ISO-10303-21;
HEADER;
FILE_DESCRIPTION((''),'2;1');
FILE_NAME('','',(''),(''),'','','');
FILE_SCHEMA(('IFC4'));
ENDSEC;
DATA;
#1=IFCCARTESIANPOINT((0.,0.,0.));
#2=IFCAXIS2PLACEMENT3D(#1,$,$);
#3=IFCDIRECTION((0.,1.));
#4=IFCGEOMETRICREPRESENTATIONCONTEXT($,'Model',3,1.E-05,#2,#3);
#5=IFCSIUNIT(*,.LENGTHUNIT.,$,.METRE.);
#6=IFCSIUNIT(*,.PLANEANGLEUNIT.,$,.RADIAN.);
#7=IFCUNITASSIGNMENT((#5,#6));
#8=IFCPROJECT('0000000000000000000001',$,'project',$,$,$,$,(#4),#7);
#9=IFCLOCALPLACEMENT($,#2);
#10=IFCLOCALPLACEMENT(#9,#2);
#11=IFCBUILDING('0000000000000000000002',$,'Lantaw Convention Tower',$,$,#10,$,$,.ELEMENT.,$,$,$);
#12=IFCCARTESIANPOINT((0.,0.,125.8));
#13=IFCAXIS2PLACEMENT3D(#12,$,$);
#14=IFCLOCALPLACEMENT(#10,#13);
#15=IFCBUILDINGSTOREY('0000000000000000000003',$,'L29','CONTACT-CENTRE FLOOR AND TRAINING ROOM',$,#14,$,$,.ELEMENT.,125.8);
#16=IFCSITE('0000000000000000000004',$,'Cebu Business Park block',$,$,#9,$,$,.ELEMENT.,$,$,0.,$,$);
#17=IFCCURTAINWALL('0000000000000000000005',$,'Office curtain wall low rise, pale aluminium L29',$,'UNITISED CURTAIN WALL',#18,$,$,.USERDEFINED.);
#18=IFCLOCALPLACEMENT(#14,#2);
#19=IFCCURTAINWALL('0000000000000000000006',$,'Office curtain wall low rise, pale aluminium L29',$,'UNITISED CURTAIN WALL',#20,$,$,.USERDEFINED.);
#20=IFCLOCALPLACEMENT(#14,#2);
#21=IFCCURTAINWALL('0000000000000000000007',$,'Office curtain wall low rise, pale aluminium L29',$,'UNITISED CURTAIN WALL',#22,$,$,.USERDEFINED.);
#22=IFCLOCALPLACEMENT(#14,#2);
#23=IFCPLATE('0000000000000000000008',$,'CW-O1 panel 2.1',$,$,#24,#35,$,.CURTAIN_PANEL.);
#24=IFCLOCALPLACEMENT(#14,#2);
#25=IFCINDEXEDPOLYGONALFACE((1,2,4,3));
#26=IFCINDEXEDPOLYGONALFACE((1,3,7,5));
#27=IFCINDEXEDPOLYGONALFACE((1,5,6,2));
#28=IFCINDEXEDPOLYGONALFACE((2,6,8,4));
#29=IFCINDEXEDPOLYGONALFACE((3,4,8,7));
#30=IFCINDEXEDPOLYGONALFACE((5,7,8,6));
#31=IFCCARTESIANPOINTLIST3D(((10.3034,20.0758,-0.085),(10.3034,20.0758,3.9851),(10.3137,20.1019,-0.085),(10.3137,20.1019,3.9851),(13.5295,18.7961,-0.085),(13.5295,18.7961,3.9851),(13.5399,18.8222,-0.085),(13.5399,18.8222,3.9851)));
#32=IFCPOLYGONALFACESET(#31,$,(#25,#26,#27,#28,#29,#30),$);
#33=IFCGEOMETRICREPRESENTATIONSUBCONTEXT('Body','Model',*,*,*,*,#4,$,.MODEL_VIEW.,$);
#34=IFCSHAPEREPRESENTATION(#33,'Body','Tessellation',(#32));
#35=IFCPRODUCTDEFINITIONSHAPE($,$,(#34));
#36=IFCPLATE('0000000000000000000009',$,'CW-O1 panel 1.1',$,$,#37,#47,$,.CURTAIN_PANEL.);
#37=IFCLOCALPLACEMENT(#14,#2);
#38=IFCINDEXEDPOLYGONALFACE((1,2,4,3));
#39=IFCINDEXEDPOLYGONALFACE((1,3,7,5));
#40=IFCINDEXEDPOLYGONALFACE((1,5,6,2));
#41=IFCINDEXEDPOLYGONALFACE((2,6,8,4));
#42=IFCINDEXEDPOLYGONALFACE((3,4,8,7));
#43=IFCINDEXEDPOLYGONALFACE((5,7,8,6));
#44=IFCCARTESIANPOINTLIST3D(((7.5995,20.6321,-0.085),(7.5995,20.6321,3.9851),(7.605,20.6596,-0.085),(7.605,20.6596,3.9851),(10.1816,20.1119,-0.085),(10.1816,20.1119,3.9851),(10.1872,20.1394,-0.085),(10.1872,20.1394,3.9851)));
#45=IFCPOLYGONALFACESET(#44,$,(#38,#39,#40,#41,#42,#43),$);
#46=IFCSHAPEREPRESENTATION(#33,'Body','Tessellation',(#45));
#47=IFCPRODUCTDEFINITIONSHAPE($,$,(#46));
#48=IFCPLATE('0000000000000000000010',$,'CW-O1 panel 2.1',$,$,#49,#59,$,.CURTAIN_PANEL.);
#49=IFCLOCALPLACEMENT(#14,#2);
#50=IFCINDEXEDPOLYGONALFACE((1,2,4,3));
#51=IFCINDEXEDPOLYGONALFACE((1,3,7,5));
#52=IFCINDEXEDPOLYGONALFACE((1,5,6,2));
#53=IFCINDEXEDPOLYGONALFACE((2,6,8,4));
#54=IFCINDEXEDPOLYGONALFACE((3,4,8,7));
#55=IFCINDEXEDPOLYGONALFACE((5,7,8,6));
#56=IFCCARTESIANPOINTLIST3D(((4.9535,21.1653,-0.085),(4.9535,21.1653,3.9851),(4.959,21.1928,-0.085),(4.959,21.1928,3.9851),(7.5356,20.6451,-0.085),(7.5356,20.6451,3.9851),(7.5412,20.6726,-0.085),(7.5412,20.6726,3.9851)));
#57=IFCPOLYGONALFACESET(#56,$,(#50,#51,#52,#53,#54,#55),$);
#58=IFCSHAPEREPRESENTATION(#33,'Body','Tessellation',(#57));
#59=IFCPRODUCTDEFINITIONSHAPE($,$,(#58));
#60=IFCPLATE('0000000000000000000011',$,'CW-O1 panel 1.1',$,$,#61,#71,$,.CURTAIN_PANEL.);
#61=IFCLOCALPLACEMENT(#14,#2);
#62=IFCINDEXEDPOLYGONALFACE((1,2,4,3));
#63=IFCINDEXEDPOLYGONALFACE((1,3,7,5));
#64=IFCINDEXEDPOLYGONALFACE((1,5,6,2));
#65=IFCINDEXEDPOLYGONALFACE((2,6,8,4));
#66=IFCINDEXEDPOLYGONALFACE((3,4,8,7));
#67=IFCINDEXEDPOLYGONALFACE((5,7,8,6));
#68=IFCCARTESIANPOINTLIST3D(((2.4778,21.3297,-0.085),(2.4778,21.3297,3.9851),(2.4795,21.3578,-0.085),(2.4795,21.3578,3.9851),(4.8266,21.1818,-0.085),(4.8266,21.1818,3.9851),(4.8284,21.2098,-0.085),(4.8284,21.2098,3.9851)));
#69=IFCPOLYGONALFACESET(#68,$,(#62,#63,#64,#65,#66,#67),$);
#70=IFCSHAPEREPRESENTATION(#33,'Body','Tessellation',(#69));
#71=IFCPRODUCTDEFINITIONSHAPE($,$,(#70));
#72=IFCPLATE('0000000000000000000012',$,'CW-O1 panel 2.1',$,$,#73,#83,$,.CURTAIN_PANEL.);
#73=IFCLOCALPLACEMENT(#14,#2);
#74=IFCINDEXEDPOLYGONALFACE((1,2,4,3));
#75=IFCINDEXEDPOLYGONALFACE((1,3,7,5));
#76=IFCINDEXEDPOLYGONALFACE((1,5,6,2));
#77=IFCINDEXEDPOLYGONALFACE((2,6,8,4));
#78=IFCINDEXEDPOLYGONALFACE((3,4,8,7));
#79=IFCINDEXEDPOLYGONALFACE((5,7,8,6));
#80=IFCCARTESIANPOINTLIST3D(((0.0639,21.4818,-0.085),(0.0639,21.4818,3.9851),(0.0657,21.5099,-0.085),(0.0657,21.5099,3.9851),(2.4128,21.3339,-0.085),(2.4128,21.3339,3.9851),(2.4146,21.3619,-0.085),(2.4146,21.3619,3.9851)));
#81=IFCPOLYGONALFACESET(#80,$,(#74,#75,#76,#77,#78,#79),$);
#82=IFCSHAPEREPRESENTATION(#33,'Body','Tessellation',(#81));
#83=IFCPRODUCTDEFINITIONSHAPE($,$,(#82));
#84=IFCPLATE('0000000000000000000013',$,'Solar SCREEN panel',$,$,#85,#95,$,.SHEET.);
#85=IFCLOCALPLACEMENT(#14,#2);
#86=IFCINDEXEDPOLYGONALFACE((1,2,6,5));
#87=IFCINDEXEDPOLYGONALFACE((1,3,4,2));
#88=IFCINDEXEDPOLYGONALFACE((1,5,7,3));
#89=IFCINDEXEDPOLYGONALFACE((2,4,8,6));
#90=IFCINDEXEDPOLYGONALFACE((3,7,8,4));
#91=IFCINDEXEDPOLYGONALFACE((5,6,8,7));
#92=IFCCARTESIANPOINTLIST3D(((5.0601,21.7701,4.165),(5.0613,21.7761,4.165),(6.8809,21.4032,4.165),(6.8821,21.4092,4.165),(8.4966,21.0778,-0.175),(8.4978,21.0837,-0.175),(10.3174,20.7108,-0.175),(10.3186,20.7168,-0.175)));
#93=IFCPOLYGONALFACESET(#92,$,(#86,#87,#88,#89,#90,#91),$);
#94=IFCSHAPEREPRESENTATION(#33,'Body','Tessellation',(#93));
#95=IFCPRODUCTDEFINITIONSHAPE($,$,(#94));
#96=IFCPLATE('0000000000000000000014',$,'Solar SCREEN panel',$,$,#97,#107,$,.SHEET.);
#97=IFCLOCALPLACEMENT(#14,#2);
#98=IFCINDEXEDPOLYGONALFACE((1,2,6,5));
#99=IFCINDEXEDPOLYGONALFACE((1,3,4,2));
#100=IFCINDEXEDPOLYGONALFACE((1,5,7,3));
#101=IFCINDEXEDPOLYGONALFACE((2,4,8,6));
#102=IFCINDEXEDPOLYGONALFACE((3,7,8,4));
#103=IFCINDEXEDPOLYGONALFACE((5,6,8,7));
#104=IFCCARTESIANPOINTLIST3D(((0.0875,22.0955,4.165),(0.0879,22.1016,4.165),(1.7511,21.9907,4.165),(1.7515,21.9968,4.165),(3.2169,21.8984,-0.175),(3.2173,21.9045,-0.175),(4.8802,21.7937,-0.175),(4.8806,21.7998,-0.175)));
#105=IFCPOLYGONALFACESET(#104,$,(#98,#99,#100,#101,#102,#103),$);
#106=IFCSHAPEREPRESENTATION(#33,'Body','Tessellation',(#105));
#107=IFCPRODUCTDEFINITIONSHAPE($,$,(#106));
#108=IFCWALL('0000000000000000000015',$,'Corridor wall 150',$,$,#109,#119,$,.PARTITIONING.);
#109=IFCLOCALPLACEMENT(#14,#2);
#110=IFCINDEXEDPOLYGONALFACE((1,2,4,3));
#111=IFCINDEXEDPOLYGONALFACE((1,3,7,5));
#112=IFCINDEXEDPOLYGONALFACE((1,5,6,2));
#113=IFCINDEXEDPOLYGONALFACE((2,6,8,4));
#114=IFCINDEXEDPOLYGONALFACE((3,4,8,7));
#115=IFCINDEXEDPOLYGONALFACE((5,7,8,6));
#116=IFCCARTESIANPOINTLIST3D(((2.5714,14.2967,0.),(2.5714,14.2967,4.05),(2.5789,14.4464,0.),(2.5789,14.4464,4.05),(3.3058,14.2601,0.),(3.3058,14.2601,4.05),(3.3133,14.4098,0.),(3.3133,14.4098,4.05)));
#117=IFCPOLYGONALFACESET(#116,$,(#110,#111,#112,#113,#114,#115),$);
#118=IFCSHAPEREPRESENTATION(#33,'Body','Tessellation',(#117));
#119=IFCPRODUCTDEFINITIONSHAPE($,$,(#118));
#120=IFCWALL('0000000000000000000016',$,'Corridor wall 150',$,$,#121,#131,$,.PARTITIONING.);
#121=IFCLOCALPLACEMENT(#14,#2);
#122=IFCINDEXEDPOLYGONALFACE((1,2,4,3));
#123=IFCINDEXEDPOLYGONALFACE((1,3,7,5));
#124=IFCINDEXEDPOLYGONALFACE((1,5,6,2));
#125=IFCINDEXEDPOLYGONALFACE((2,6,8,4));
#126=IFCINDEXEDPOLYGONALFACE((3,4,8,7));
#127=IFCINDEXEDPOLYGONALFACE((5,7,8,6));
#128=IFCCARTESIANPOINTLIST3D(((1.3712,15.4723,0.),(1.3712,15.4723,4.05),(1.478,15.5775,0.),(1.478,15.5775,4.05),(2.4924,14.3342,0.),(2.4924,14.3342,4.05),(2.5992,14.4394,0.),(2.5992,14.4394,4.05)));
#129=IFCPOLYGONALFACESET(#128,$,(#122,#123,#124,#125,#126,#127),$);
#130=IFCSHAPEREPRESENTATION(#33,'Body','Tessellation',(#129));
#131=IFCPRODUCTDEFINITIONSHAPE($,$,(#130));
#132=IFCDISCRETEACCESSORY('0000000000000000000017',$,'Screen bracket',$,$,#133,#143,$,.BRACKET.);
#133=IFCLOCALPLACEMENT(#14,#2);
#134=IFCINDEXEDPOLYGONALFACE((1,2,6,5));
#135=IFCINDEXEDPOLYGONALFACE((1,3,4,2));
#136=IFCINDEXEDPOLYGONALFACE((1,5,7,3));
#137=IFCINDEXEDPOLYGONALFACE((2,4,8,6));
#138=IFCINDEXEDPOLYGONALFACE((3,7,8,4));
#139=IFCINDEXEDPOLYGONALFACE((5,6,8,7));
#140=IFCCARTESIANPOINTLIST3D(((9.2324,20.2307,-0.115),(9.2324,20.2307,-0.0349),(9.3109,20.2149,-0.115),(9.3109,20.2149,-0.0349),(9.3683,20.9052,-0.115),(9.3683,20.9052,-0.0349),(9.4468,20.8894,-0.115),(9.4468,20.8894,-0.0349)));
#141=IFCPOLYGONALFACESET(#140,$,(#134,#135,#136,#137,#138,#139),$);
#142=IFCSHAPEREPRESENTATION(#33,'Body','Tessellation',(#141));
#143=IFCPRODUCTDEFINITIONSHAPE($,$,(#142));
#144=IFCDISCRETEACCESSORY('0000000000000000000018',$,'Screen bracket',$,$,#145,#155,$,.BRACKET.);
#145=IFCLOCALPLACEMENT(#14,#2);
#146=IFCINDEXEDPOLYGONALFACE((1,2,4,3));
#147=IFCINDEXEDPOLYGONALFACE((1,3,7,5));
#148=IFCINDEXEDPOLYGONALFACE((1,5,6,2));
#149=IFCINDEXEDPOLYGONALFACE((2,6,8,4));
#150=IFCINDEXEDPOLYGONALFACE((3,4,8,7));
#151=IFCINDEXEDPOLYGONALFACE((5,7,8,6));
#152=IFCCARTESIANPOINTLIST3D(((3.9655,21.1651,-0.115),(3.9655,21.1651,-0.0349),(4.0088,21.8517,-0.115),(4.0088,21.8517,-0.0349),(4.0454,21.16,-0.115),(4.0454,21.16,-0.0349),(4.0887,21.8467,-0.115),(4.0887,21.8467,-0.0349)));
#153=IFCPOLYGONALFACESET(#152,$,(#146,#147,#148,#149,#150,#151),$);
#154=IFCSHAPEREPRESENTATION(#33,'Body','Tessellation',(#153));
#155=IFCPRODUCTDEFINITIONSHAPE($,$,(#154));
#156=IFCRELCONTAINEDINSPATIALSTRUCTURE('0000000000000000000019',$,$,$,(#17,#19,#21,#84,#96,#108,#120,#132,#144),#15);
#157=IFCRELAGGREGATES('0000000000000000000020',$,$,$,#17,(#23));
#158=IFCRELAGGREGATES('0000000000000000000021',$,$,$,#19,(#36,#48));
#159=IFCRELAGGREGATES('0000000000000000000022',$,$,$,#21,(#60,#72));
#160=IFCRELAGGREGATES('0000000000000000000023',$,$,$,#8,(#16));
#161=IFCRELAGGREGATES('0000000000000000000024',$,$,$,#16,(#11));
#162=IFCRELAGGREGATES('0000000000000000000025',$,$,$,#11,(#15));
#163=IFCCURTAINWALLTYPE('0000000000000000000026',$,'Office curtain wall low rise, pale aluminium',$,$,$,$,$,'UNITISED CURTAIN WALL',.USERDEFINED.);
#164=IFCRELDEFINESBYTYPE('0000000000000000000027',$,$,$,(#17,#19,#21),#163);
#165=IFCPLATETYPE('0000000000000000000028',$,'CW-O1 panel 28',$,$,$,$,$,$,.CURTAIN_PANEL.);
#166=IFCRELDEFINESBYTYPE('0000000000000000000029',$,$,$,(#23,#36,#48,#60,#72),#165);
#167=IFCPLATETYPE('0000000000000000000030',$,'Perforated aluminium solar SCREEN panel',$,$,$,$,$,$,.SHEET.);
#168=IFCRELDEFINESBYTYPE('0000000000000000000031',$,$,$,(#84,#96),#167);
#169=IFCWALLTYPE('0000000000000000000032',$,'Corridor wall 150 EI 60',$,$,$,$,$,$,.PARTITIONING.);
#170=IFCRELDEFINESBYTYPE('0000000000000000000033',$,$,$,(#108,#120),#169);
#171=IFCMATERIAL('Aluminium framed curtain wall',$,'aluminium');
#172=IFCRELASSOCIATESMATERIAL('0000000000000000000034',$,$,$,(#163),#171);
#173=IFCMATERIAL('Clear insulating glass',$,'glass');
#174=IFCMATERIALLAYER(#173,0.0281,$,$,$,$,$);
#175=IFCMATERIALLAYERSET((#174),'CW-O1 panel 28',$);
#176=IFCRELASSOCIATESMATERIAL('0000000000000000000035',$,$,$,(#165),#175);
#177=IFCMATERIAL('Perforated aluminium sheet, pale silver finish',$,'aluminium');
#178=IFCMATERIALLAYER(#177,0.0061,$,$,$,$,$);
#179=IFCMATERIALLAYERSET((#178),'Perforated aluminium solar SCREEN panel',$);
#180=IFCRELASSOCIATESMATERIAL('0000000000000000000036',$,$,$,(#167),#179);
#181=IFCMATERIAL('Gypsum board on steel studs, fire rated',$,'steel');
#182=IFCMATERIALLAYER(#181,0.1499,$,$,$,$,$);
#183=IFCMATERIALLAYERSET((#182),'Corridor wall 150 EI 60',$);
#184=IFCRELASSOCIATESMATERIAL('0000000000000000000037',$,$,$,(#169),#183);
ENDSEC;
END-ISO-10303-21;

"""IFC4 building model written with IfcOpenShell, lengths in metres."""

from ifc_helpers import new_model, si_unit, direction, frame, frame_2d, origin, origin_2d, place, context, subcontext, project, spatial, polyline, rectangle, outline, extrude, material, layer, layer_set, type_object, element, aggregate, save


model = new_model("IFC4")

# Units and contexts
model_context = context("Model", 3, precision=1e-05, world=origin(), true_north=direction((0.0, 1.0)))
body_context = subcontext(model_context, "Body", "Model", "MODEL_VIEW")
ifc_project = project(units=[si_unit("LENGTHUNIT", "METRE"), si_unit("PLANEANGLEUNIT", "RADIAN")], contexts=[model_context])

# Site, building, storey
site_placement = place(None, origin())
site = spatial("IfcSite", under=ifc_project, at=site_placement, Name="Cebu Business Park block", CompositionType="ELEMENT", RefElevation=0.0)
building_placement = place(site_placement, origin())
building = spatial("IfcBuilding", under=site, at=building_placement, Name="Lantaw Convention Tower", CompositionType="ELEMENT")
storey_placement = place(building_placement, frame((0.0, 0.0, 125.8)))
storey = spatial("IfcBuildingStorey", under=building, at=storey_placement, Name="L29", Description="CONTACT-CENTRE FLOOR AND TRAINING ROOM", CompositionType="ELEMENT", Elevation=125.8)

# Curtain walls
ifc_material_1 = material(Name="Aluminium framed curtain wall", Category="aluminium")
curtain_wall_type = type_object("IfcCurtainWallType", Name="Office curtain wall low rise, pale aluminium", ElementType="UNITISED CURTAIN WALL", PredefinedType="USERDEFINED", material=ifc_material_1)
curtain_wall_1_placement = place(storey_placement, origin())
curtain_wall_1 = element("IfcCurtainWall", 1, at=curtain_wall_1_placement, inside=storey, type_object=curtain_wall_type, Name="Office curtain wall low rise, pale aluminium L29", ObjectType="UNITISED CURTAIN WALL", PredefinedType="USERDEFINED")
curtain_wall_2_placement = place(storey_placement, origin())
curtain_wall_2 = element("IfcCurtainWall", 2, at=curtain_wall_2_placement, inside=storey, type_object=curtain_wall_type, Name="Office curtain wall low rise, pale aluminium L29", ObjectType="UNITISED CURTAIN WALL", PredefinedType="USERDEFINED")
curtain_wall_3_placement = place(storey_placement, origin())
curtain_wall_3 = element("IfcCurtainWall", 3, at=curtain_wall_3_placement, inside=storey, type_object=curtain_wall_type, Name="Office curtain wall low rise, pale aluminium L29", ObjectType="UNITISED CURTAIN WALL", PredefinedType="USERDEFINED")

# Plates
ifc_material_2 = material(Name="Clear insulating glass", Category="glass")
ifc_layer_1 = layer(ifc_material_2, 0.0281)
ifc_layer_set_1 = layer_set([ifc_layer_1], Name="CW-O1 panel 28")
plate_type_1 = type_object("IfcPlateType", Name="CW-O1 panel 28", PredefinedType="CURTAIN_PANEL", material=ifc_layer_set_1)
plate_1_placement = place(storey_placement, frame((11.9216, 19.449, -0.085), z_axis=(0.0, 0.0, 1.0), x_axis=(-0.929548, 0.368702, 0.0)))
plate_1 = element("IfcPlate", 4, at=plate_1_placement, type_object=plate_type_1, Name="CW-O1 panel 2.1", PredefinedType="CURTAIN_PANEL", context=body_context, shape_type="SweptSolid", body=[
    extrude(rectangle(XDim=3.4707, YDim=0.0281, at=origin_2d()), origin(), (0.0, 0.0, 1.0), 4.0701),
])
aggregate(curtain_wall_1, [plate_1])
plate_2_placement = place(storey_placement, frame((8.8933, 20.3857, -0.085), z_axis=(0.0, 0.0, 1.0), x_axis=(-0.980302, 0.197507, 0.0)))
plate_2 = element("IfcPlate", 5, at=plate_2_placement, type_object=plate_type_1, Name="CW-O1 panel 1.1", PredefinedType="CURTAIN_PANEL", context=body_context, shape_type="SweptSolid", body=[
    extrude(rectangle(XDim=2.634, YDim=0.0281, at=origin_2d()), origin(), (0.0, 0.0, 1.0), 4.0701),
])
plate_3_placement = place(storey_placement, frame((6.2473, 20.9189, -0.085), z_axis=(0.0, 0.0, 1.0), x_axis=(-0.980302, 0.197507, 0.0)))
plate_3 = element("IfcPlate", 6, at=plate_3_placement, type_object=plate_type_1, Name="CW-O1 panel 2.1", PredefinedType="CURTAIN_PANEL", context=body_context, shape_type="SweptSolid", body=[
    extrude(rectangle(XDim=2.634, YDim=0.0281, at=origin_2d()), origin(), (0.0, 0.0, 1.0), 4.0701),
])
aggregate(curtain_wall_2, [plate_2, plate_3])
plate_4_placement = place(storey_placement, frame((3.6531, 21.2698, -0.085), z_axis=(0.0, 0.0, 1.0), x_axis=(-0.998022, 0.062865, 0.0)))
plate_4 = element("IfcPlate", 7, at=plate_4_placement, type_object=plate_type_1, Name="CW-O1 panel 1.1", PredefinedType="CURTAIN_PANEL", context=body_context, shape_type="SweptSolid", body=[
    extrude(rectangle(XDim=2.3535, YDim=0.0281, at=origin_2d()), origin(), (0.0, 0.0, 1.0), 4.0701),
])
plate_5_placement = place(storey_placement, frame((1.2393, 21.4219, -0.085), z_axis=(0.0, 0.0, 1.0), x_axis=(-0.998022, 0.062865, 0.0)))
plate_5 = element("IfcPlate", 8, at=plate_5_placement, type_object=plate_type_1, Name="CW-O1 panel 2.1", PredefinedType="CURTAIN_PANEL", context=body_context, shape_type="SweptSolid", body=[
    extrude(rectangle(XDim=2.3535, YDim=0.0281, at=origin_2d()), origin(), (0.0, 0.0, 1.0), 4.0701),
])
aggregate(curtain_wall_3, [plate_4, plate_5])

# Plates
ifc_material_3 = material(Name="Perforated aluminium sheet, pale silver finish", Category="aluminium")
ifc_layer_2 = layer(ifc_material_3, 0.0061)
ifc_layer_set_2 = layer_set([ifc_layer_2], Name="Perforated aluminium solar SCREEN panel")
plate_type_2 = type_object("IfcPlateType", Name="Perforated aluminium solar SCREEN panel", PredefinedType="SHEET", material=ifc_layer_set_2)
plate_6_placement = place(storey_placement, frame((10.3186, 20.7168, -0.175), z_axis=(0.197557, 0.980291, 0.000039), x_axis=(-0.980291, 0.197557, 0.0)))
element("IfcPlate", 9, at=plate_6_placement, inside=storey, type_object=plate_type_2, Name="Solar SCREEN panel", PredefinedType="SHEET", context=body_context, shape_type="SweptSolid", body=[
    extrude(outline(polyline([(0.0, 0.0), (1.8574, 0.0), (5.363, 4.3401), (3.5056, 4.3401), (0.0, 0.0)])), origin(), (0.0, 0.0, -1.0), 0.0061),
])
plate_7_placement = place(storey_placement, frame((4.8806, 21.7998, -0.175), z_axis=(0.062839, 0.998024, 0.000002), x_axis=(-0.998024, 0.062839, 0.0)))
element("IfcPlate", 10, at=plate_7_placement, inside=storey, type_object=plate_type_2, Name="Solar SCREEN panel", PredefinedType="SHEET", context=body_context, shape_type="SweptSolid", body=[
    extrude(outline(polyline([(0.0, 0.0), (1.6666, 0.0), (4.8022, 4.3401), (3.1353, 4.3401), (0.0, 0.0)])), origin(), (0.0, 0.0, -1.0), 0.0061),
])

# Walls
ifc_material_4 = material(Name="Gypsum board on steel studs, fire rated", Category="steel")
ifc_layer_3 = layer(ifc_material_4, 0.1499)
ifc_layer_set_3 = layer_set([ifc_layer_3], Name="Corridor wall 150 EI 60")
wall_type = type_object("IfcWallType", Name="Corridor wall 150 EI 60", PredefinedType="PARTITIONING", material=ifc_layer_set_3)
wall_1_placement = place(storey_placement, frame((3.3096, 14.335, 0.0), z_axis=(0.0, 0.0, 1.0), x_axis=(-0.998759, 0.049805, 0.0)))
element("IfcWall", 11, at=wall_1_placement, inside=storey, type_object=wall_type, Name="Corridor wall 150", PredefinedType="PARTITIONING", context=body_context, shape_type="SweptSolid", body=[
    extrude(rectangle(XDim=0.7354, YDim=0.1499, at=frame_2d((0.3677, 0.0))), origin(), (0.0, 0.0, 1.0), 4.05),
])
wall_2_placement = place(storey_placement, frame((1.4246, 15.5249, 0.0), z_axis=(0.0, 0.0, 1.0), x_axis=(0.701815, -0.712359, 0.0)))
element("IfcWall", 12, at=wall_2_placement, inside=storey, type_object=wall_type, Name="Corridor wall 150", PredefinedType="PARTITIONING", context=body_context, shape_type="SweptSolid", body=[
    extrude(rectangle(XDim=1.5977, YDim=0.1499, at=frame_2d((0.7988, 0.0))), origin(), (0.0, 0.0, 1.0), 4.05),
])

# Discrete accessories
for number, where, z_axis, x_axis, name in (
    (13, (9.3396, 20.5601, -0.115), (0.0, 0.0, 1.0), (-0.980302, 0.197507, 0.0), "Screen bracket"),
    (14, (4.0271, 21.5059, -0.115), (0.0, 0.0, 1.0), (-0.998022, 0.062865, 0.0), "Screen bracket"),
):
    element("IfcDiscreteAccessory", number, at=place(storey_placement, frame(where, z_axis=z_axis, x_axis=x_axis)), inside=storey, Name=name, PredefinedType="BRACKET", context=body_context, shape_type="SweptSolid", body=[
        extrude(rectangle(XDim=0.0801, YDim=0.688, at=origin_2d()), origin(), (0.0, 0.0, 1.0), 0.0801),
    ])

save(model, "model.ifc")
